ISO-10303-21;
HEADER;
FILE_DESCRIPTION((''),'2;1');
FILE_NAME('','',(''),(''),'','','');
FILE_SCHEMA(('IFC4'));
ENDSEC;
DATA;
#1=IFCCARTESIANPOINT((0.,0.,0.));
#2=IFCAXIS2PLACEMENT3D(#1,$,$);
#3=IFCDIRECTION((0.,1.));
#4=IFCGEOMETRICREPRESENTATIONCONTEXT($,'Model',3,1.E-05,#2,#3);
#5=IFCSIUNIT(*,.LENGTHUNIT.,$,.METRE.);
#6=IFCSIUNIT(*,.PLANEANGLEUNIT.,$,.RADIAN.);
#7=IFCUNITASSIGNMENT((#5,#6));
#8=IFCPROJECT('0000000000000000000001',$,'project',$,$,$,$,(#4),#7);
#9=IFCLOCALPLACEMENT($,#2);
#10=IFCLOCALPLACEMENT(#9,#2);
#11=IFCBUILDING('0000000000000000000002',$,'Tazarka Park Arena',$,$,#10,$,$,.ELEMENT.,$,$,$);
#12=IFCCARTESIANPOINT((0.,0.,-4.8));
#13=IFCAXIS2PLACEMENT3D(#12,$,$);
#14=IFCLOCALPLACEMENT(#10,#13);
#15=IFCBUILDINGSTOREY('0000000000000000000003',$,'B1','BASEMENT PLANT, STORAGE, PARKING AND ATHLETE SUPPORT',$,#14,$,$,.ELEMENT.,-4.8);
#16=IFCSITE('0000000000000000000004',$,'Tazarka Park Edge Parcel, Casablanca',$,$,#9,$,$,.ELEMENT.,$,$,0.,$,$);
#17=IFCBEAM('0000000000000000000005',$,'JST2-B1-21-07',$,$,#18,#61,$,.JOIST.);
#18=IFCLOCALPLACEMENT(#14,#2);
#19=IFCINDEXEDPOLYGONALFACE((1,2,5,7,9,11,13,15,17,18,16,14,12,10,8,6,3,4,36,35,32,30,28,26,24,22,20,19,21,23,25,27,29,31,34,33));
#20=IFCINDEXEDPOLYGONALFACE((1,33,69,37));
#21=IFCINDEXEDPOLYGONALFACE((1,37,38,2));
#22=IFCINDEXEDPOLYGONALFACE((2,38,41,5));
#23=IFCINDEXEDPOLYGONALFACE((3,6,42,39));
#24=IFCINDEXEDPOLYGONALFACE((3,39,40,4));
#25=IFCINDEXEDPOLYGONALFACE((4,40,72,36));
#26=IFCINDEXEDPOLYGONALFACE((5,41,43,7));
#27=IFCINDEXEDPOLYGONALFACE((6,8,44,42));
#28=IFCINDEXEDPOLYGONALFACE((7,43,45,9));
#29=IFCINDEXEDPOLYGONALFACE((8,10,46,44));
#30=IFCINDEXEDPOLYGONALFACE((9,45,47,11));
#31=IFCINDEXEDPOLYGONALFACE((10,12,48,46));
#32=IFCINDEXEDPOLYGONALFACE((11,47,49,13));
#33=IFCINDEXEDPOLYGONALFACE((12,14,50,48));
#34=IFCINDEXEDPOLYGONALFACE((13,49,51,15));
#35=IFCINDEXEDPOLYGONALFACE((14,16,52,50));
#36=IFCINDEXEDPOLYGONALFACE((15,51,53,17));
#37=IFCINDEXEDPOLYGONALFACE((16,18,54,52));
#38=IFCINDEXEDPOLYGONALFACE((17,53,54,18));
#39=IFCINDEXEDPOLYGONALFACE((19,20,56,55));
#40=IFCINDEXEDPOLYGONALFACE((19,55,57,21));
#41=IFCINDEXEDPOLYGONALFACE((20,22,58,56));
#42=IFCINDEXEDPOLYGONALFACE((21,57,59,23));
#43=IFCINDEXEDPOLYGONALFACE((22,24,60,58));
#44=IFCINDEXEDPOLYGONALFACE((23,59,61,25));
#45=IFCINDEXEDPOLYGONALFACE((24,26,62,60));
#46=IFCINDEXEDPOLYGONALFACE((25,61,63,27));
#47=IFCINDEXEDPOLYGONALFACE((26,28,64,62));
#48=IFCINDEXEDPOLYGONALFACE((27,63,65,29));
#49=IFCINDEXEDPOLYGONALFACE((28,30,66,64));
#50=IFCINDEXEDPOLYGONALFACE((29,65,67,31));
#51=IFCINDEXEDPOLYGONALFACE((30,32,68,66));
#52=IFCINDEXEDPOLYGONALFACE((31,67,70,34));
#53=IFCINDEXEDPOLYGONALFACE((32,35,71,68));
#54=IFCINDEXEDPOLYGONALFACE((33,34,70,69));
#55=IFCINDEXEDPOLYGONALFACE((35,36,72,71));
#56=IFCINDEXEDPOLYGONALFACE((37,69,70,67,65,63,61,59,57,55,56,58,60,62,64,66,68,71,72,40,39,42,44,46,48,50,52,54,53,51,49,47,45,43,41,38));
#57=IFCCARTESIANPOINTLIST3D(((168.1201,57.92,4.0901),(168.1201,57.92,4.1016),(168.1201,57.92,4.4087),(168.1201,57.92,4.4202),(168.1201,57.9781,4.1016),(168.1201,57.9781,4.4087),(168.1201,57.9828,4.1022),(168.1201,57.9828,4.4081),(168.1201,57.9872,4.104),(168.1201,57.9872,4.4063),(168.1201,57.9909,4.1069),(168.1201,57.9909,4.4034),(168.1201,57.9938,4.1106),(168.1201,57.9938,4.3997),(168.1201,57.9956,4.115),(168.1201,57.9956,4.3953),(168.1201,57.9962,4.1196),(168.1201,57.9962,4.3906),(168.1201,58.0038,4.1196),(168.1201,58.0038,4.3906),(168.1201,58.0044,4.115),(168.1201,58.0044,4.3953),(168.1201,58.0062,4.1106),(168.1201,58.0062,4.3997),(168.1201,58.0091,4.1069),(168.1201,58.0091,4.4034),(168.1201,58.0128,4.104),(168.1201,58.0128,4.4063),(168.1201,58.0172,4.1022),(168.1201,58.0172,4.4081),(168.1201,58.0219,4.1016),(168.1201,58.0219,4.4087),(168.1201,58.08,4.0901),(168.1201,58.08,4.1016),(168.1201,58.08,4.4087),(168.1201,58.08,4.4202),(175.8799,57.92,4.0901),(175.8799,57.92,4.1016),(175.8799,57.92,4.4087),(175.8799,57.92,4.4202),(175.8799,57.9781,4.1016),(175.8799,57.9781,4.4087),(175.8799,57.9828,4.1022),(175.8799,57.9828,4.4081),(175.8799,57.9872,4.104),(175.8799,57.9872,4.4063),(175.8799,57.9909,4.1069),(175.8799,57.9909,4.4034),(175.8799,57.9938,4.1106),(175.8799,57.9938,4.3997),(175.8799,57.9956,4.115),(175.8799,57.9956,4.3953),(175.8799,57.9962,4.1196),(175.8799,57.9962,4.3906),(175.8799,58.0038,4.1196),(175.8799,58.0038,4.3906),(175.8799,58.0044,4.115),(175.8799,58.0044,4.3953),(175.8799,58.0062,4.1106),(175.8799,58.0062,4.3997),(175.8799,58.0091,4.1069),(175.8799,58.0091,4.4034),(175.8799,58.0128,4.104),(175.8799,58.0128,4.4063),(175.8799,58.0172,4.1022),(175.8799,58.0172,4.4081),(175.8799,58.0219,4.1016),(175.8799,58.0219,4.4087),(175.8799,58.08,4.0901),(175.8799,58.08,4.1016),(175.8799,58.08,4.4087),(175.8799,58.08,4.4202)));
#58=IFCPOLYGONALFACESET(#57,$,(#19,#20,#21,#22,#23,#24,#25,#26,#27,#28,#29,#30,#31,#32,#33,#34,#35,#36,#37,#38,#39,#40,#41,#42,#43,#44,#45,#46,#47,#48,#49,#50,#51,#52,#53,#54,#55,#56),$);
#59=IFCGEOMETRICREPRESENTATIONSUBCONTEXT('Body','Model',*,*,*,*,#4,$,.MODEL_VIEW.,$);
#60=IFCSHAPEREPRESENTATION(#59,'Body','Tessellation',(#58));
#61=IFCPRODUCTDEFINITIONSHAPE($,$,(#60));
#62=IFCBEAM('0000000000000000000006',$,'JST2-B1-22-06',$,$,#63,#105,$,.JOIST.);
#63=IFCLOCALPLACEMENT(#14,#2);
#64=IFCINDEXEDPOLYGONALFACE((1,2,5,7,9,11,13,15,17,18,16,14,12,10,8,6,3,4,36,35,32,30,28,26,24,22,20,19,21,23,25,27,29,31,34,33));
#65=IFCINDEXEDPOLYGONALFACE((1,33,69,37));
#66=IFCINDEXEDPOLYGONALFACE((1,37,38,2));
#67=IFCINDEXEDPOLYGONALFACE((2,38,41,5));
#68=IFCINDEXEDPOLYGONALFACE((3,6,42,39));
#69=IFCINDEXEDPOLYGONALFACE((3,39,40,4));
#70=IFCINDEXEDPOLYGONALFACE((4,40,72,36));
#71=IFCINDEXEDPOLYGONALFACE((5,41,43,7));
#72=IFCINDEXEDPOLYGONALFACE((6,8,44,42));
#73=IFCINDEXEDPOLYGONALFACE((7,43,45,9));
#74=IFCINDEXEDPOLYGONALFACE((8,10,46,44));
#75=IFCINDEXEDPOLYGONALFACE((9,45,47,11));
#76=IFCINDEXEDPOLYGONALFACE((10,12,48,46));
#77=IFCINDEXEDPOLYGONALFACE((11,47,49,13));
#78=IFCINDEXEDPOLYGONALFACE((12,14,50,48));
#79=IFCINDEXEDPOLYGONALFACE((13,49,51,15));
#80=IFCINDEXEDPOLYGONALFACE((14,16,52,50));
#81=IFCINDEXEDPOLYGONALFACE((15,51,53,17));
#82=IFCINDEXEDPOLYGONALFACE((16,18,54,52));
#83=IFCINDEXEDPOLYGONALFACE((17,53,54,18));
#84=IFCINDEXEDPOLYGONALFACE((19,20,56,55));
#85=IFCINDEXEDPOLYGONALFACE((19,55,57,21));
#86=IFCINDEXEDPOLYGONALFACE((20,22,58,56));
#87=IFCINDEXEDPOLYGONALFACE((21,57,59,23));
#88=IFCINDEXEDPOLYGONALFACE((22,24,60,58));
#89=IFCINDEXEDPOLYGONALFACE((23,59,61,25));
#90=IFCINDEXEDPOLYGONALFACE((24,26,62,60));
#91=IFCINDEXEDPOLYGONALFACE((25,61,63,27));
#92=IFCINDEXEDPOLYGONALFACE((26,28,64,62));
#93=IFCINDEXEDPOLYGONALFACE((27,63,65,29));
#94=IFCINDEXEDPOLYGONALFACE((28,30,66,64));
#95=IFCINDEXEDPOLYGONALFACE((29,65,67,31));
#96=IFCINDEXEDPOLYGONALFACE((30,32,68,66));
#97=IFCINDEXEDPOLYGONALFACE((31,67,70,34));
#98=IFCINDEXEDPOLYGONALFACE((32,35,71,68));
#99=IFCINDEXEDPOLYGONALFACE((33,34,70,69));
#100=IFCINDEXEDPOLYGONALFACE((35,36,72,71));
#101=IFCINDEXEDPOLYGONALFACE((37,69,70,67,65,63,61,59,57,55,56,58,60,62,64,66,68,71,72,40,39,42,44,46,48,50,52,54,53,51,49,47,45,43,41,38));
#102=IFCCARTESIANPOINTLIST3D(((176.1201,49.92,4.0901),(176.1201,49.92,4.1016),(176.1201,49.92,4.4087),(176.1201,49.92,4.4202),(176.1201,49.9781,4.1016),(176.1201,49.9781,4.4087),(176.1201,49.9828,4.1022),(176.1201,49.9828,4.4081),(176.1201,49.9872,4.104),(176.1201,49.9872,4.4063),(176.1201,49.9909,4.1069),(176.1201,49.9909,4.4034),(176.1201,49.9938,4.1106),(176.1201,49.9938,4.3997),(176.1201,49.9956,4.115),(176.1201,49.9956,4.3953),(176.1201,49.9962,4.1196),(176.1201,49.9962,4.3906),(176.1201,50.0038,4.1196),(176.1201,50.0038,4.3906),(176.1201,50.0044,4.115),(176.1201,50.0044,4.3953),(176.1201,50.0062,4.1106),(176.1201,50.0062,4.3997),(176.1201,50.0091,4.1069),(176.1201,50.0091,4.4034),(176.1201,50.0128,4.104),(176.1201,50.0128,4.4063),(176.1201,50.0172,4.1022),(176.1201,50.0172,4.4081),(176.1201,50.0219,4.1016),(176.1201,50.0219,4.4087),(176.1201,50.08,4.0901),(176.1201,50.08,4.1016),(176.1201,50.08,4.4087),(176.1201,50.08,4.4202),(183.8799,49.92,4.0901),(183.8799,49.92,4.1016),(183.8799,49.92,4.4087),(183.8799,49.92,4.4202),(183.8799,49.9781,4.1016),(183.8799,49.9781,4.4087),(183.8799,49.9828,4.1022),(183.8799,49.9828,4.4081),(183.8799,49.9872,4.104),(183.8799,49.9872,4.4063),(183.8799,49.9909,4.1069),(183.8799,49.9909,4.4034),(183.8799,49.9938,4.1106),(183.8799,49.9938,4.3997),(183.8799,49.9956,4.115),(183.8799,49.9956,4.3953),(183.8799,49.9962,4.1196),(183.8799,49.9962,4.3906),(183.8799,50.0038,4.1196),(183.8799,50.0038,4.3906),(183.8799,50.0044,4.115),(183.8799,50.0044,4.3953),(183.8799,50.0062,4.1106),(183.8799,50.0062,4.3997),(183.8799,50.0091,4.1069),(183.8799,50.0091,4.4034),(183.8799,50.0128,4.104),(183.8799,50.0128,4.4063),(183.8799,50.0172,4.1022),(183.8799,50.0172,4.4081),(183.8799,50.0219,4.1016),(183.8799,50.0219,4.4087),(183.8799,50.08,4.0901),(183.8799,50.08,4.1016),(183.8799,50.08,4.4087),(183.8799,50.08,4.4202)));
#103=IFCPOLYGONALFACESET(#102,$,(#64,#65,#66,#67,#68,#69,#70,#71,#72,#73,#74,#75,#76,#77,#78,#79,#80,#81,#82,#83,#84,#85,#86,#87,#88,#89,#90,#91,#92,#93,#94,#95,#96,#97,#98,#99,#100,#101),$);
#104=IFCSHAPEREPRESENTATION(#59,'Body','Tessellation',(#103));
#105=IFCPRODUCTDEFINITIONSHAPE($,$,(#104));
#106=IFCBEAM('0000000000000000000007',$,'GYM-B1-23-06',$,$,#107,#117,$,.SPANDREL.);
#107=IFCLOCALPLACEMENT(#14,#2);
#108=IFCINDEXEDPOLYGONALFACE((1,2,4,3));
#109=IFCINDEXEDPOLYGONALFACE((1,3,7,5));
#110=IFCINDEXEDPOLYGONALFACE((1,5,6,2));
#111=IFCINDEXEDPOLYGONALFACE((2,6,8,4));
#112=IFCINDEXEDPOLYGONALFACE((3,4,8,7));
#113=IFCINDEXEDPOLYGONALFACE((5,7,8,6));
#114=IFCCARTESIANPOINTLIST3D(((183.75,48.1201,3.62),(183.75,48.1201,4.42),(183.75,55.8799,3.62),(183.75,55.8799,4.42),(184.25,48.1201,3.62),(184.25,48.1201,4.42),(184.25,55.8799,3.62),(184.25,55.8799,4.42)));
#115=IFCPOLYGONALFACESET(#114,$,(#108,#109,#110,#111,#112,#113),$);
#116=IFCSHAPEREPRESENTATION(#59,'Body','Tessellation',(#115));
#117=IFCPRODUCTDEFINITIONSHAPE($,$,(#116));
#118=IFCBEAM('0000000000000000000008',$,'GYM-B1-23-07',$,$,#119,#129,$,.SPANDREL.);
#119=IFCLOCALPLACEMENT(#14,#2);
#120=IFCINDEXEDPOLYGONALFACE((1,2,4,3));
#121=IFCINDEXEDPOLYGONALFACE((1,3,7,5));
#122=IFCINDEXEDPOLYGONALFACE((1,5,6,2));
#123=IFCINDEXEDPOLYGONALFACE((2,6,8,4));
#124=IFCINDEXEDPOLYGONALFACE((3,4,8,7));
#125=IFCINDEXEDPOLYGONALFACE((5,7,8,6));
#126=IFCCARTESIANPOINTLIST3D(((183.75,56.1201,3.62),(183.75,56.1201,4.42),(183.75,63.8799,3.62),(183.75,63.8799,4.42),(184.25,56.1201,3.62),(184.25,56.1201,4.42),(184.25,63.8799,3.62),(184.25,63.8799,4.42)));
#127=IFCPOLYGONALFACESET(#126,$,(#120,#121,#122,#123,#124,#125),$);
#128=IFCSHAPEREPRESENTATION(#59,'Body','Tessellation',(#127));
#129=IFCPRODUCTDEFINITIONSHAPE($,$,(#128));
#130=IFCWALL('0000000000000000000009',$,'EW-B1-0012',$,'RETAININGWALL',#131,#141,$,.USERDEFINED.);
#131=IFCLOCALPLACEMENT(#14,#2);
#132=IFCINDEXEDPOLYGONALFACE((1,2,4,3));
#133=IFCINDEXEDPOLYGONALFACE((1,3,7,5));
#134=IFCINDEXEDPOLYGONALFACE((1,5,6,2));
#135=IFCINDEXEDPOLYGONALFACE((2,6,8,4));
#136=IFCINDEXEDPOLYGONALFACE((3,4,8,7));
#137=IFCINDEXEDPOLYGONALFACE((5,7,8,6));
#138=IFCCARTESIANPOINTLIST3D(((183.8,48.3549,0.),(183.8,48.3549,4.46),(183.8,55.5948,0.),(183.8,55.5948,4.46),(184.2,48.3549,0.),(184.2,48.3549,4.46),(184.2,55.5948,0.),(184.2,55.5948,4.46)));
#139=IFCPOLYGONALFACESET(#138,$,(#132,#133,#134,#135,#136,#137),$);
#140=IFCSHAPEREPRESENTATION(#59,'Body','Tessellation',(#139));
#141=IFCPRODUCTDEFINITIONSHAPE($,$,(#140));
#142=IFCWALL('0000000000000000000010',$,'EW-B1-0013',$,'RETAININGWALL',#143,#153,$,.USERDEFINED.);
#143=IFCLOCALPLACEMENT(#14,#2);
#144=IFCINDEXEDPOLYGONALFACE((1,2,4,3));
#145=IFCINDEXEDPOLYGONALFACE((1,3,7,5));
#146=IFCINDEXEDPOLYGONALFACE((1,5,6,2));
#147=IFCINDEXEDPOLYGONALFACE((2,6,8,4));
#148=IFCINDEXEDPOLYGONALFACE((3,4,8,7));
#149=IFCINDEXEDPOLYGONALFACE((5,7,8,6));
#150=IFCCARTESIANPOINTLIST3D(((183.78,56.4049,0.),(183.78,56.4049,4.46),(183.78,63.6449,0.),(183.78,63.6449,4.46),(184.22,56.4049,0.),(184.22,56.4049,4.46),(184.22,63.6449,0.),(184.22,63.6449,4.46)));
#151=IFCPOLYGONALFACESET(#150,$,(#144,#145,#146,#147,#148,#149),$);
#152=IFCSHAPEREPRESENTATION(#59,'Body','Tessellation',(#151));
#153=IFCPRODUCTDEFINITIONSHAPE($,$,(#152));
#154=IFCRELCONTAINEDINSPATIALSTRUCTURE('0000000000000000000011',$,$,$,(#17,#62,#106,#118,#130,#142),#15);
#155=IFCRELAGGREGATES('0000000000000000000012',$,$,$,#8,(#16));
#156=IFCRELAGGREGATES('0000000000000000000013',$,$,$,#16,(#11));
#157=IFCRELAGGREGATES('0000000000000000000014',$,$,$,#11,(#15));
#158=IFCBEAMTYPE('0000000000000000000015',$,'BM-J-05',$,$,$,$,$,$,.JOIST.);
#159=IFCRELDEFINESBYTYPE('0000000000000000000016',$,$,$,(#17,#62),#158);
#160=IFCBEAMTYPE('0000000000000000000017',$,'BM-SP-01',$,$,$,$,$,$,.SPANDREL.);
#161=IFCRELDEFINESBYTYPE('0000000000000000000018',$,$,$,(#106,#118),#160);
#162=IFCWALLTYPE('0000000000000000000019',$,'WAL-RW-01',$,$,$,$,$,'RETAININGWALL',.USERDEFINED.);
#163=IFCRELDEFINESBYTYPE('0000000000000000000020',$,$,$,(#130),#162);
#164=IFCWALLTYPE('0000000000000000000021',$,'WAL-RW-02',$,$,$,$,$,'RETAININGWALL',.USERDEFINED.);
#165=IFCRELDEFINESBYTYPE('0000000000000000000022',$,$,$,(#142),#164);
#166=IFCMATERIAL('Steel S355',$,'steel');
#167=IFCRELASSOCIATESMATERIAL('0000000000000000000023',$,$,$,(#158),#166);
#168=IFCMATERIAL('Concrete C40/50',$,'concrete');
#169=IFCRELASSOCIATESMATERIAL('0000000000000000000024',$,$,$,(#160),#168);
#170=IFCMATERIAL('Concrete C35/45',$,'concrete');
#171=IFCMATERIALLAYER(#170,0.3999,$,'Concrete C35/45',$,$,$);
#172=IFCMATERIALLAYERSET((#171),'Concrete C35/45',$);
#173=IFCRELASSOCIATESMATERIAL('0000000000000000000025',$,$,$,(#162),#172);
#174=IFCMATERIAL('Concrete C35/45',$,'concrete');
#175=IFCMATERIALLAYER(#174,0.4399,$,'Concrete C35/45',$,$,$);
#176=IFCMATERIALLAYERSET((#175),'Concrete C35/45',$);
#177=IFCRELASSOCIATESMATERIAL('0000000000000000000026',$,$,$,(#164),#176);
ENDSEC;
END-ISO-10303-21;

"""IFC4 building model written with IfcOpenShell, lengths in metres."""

from ifc_helpers import new_model, si_unit, direction, frame, frame_2d, origin, origin_2d, place, context, subcontext, project, spatial, rectangle, i_section, extrude, material, layer, layer_set, material_profile, profile_set, type_object, element, save


model = new_model("IFC4")

# Units and contexts
model_context = context("Model", 3, precision=1e-05, world=origin(), true_north=direction((0.0, 1.0)))
body_context = subcontext(model_context, "Body", "Model", "MODEL_VIEW")
ifc_project = project(units=[si_unit("LENGTHUNIT", "METRE"), si_unit("PLANEANGLEUNIT", "RADIAN")], contexts=[model_context])

# Site, building, storey
site_placement = place(None, origin())
site = spatial("IfcSite", under=ifc_project, at=site_placement, Name="Tazarka Park Edge Parcel, Casablanca", CompositionType="ELEMENT", RefElevation=0.0)
building_placement = place(site_placement, origin())
building = spatial("IfcBuilding", under=site, at=building_placement, Name="Tazarka Park Arena", CompositionType="ELEMENT")
storey_placement = place(building_placement, frame((0.0, 0.0, -4.8)))
storey = spatial("IfcBuildingStorey", under=building, at=storey_placement, Name="B1", Description="BASEMENT PLANT, STORAGE, PARKING AND ATHLETE SUPPORT", CompositionType="ELEMENT", Elevation=-4.8)

# Beams
ifc_material_1 = material(Name="Steel S355", Category="steel")
ifc_material_profile_1 = material_profile(ifc_material_1, i_section(OverallWidth=0.1599, OverallDepth=0.3301, WebThickness=0.0076, FlangeThickness=0.0115, FilletRadius=0.0181, at=origin_2d()), Name="Steel S355")
ifc_profile_set_1 = profile_set([ifc_material_profile_1], Name="Steel S355")
beam_type_1 = type_object("IfcBeamType", Name="BM-J-05", PredefinedType="JOIST", material=ifc_profile_set_1)
for number, where, z_axis, x_axis, name in (
    (1, (168.1201, 58.0, 4.2551), (1.0, 0.0, 0.0), (0.0, 1.0, 0.0), "JST2-B1-21-07"),
    (2, (176.1201, 50.0, 4.2551), (1.0, 0.0, 0.0), (0.0, 1.0, 0.0), "JST2-B1-22-06"),
):
    element("IfcBeam", number, at=place(storey_placement, frame(where, z_axis=z_axis, x_axis=x_axis)), inside=storey, type_object=beam_type_1, Name=name, PredefinedType="JOIST", context=body_context, shape_type="SweptSolid", body=[
        extrude(i_section(OverallWidth=0.1599, OverallDepth=0.3301, WebThickness=0.0076, FlangeThickness=0.0115, FilletRadius=0.0181, at=origin_2d()), origin(), (0.0, 0.0, 1.0), 7.7598),
    ])
ifc_material_2 = material(Name="Concrete C40/50", Category="concrete")
ifc_material_profile_2 = material_profile(ifc_material_2, rectangle(XDim=0.5, YDim=0.8, at=origin_2d()), Name="Concrete C40/50")
ifc_profile_set_2 = profile_set([ifc_material_profile_2], Name="Concrete C40/50")
beam_type_2 = type_object("IfcBeamType", Name="BM-SP-01", PredefinedType="SPANDREL", material=ifc_profile_set_2)
for number, where, z_axis, x_axis, name in (
    (3, (184.0, 48.1201, 4.02), (0.0, 1.0, 0.0), (-1.0, 0.0, 0.0), "GYM-B1-23-06"),
    (4, (184.0, 56.1201, 4.02), (0.0, 1.0, 0.0), (-1.0, 0.0, 0.0), "GYM-B1-23-07"),
):
    element("IfcBeam", number, at=place(storey_placement, frame(where, z_axis=z_axis, x_axis=x_axis)), inside=storey, type_object=beam_type_2, Name=name, PredefinedType="SPANDREL", context=body_context, shape_type="SweptSolid", body=[
        extrude(rectangle(XDim=0.5, YDim=0.8, at=origin_2d()), origin(), (0.0, 0.0, 1.0), 7.7598),
    ])

# Walls
ifc_material_3 = material(Name="Concrete C35/45", Category="concrete")
ifc_layer_1 = layer(ifc_material_3, 0.3999, Name="Concrete C35/45")
ifc_layer_set_1 = layer_set([ifc_layer_1], Name="Concrete C35/45")
wall_type_1 = type_object("IfcWallType", Name="WAL-RW-01", ElementType="RETAININGWALL", PredefinedType="USERDEFINED", material=ifc_layer_set_1)
wall_1_placement = place(storey_placement, frame((184.0, 55.595, 0.0), z_axis=(0.0, 0.0, 1.0), x_axis=(0.0, -1.0, 0.0)))
element("IfcWall", 5, at=wall_1_placement, inside=storey, type_object=wall_type_1, Name="EW-B1-0012", ObjectType="RETAININGWALL", PredefinedType="USERDEFINED", context=body_context, shape_type="SweptSolid", body=[
    extrude(rectangle(XDim=7.24, YDim=0.3999, at=frame_2d((3.6201, 0.0))), origin(), (0.0, 0.0, 1.0), 4.46),
])
ifc_material_4 = material(Name="Concrete C35/45", Category="concrete")
ifc_layer_2 = layer(ifc_material_4, 0.4399, Name="Concrete C35/45")
ifc_layer_set_2 = layer_set([ifc_layer_2], Name="Concrete C35/45")
wall_type_2 = type_object("IfcWallType", Name="WAL-RW-02", ElementType="RETAININGWALL", PredefinedType="USERDEFINED", material=ifc_layer_set_2)
wall_2_placement = place(storey_placement, frame((184.0, 63.645, 0.0), z_axis=(0.0, 0.0, 1.0), x_axis=(0.0, -1.0, 0.0)))
element("IfcWall", 6, at=wall_2_placement, inside=storey, type_object=wall_type_2, Name="EW-B1-0013", ObjectType="RETAININGWALL", PredefinedType="USERDEFINED", context=body_context, shape_type="SweptSolid", body=[
    extrude(rectangle(XDim=7.24, YDim=0.4399, at=frame_2d((3.6201, 0.0))), origin(), (0.0, 0.0, 1.0), 4.46),
])

save(model, "model.ifc")
